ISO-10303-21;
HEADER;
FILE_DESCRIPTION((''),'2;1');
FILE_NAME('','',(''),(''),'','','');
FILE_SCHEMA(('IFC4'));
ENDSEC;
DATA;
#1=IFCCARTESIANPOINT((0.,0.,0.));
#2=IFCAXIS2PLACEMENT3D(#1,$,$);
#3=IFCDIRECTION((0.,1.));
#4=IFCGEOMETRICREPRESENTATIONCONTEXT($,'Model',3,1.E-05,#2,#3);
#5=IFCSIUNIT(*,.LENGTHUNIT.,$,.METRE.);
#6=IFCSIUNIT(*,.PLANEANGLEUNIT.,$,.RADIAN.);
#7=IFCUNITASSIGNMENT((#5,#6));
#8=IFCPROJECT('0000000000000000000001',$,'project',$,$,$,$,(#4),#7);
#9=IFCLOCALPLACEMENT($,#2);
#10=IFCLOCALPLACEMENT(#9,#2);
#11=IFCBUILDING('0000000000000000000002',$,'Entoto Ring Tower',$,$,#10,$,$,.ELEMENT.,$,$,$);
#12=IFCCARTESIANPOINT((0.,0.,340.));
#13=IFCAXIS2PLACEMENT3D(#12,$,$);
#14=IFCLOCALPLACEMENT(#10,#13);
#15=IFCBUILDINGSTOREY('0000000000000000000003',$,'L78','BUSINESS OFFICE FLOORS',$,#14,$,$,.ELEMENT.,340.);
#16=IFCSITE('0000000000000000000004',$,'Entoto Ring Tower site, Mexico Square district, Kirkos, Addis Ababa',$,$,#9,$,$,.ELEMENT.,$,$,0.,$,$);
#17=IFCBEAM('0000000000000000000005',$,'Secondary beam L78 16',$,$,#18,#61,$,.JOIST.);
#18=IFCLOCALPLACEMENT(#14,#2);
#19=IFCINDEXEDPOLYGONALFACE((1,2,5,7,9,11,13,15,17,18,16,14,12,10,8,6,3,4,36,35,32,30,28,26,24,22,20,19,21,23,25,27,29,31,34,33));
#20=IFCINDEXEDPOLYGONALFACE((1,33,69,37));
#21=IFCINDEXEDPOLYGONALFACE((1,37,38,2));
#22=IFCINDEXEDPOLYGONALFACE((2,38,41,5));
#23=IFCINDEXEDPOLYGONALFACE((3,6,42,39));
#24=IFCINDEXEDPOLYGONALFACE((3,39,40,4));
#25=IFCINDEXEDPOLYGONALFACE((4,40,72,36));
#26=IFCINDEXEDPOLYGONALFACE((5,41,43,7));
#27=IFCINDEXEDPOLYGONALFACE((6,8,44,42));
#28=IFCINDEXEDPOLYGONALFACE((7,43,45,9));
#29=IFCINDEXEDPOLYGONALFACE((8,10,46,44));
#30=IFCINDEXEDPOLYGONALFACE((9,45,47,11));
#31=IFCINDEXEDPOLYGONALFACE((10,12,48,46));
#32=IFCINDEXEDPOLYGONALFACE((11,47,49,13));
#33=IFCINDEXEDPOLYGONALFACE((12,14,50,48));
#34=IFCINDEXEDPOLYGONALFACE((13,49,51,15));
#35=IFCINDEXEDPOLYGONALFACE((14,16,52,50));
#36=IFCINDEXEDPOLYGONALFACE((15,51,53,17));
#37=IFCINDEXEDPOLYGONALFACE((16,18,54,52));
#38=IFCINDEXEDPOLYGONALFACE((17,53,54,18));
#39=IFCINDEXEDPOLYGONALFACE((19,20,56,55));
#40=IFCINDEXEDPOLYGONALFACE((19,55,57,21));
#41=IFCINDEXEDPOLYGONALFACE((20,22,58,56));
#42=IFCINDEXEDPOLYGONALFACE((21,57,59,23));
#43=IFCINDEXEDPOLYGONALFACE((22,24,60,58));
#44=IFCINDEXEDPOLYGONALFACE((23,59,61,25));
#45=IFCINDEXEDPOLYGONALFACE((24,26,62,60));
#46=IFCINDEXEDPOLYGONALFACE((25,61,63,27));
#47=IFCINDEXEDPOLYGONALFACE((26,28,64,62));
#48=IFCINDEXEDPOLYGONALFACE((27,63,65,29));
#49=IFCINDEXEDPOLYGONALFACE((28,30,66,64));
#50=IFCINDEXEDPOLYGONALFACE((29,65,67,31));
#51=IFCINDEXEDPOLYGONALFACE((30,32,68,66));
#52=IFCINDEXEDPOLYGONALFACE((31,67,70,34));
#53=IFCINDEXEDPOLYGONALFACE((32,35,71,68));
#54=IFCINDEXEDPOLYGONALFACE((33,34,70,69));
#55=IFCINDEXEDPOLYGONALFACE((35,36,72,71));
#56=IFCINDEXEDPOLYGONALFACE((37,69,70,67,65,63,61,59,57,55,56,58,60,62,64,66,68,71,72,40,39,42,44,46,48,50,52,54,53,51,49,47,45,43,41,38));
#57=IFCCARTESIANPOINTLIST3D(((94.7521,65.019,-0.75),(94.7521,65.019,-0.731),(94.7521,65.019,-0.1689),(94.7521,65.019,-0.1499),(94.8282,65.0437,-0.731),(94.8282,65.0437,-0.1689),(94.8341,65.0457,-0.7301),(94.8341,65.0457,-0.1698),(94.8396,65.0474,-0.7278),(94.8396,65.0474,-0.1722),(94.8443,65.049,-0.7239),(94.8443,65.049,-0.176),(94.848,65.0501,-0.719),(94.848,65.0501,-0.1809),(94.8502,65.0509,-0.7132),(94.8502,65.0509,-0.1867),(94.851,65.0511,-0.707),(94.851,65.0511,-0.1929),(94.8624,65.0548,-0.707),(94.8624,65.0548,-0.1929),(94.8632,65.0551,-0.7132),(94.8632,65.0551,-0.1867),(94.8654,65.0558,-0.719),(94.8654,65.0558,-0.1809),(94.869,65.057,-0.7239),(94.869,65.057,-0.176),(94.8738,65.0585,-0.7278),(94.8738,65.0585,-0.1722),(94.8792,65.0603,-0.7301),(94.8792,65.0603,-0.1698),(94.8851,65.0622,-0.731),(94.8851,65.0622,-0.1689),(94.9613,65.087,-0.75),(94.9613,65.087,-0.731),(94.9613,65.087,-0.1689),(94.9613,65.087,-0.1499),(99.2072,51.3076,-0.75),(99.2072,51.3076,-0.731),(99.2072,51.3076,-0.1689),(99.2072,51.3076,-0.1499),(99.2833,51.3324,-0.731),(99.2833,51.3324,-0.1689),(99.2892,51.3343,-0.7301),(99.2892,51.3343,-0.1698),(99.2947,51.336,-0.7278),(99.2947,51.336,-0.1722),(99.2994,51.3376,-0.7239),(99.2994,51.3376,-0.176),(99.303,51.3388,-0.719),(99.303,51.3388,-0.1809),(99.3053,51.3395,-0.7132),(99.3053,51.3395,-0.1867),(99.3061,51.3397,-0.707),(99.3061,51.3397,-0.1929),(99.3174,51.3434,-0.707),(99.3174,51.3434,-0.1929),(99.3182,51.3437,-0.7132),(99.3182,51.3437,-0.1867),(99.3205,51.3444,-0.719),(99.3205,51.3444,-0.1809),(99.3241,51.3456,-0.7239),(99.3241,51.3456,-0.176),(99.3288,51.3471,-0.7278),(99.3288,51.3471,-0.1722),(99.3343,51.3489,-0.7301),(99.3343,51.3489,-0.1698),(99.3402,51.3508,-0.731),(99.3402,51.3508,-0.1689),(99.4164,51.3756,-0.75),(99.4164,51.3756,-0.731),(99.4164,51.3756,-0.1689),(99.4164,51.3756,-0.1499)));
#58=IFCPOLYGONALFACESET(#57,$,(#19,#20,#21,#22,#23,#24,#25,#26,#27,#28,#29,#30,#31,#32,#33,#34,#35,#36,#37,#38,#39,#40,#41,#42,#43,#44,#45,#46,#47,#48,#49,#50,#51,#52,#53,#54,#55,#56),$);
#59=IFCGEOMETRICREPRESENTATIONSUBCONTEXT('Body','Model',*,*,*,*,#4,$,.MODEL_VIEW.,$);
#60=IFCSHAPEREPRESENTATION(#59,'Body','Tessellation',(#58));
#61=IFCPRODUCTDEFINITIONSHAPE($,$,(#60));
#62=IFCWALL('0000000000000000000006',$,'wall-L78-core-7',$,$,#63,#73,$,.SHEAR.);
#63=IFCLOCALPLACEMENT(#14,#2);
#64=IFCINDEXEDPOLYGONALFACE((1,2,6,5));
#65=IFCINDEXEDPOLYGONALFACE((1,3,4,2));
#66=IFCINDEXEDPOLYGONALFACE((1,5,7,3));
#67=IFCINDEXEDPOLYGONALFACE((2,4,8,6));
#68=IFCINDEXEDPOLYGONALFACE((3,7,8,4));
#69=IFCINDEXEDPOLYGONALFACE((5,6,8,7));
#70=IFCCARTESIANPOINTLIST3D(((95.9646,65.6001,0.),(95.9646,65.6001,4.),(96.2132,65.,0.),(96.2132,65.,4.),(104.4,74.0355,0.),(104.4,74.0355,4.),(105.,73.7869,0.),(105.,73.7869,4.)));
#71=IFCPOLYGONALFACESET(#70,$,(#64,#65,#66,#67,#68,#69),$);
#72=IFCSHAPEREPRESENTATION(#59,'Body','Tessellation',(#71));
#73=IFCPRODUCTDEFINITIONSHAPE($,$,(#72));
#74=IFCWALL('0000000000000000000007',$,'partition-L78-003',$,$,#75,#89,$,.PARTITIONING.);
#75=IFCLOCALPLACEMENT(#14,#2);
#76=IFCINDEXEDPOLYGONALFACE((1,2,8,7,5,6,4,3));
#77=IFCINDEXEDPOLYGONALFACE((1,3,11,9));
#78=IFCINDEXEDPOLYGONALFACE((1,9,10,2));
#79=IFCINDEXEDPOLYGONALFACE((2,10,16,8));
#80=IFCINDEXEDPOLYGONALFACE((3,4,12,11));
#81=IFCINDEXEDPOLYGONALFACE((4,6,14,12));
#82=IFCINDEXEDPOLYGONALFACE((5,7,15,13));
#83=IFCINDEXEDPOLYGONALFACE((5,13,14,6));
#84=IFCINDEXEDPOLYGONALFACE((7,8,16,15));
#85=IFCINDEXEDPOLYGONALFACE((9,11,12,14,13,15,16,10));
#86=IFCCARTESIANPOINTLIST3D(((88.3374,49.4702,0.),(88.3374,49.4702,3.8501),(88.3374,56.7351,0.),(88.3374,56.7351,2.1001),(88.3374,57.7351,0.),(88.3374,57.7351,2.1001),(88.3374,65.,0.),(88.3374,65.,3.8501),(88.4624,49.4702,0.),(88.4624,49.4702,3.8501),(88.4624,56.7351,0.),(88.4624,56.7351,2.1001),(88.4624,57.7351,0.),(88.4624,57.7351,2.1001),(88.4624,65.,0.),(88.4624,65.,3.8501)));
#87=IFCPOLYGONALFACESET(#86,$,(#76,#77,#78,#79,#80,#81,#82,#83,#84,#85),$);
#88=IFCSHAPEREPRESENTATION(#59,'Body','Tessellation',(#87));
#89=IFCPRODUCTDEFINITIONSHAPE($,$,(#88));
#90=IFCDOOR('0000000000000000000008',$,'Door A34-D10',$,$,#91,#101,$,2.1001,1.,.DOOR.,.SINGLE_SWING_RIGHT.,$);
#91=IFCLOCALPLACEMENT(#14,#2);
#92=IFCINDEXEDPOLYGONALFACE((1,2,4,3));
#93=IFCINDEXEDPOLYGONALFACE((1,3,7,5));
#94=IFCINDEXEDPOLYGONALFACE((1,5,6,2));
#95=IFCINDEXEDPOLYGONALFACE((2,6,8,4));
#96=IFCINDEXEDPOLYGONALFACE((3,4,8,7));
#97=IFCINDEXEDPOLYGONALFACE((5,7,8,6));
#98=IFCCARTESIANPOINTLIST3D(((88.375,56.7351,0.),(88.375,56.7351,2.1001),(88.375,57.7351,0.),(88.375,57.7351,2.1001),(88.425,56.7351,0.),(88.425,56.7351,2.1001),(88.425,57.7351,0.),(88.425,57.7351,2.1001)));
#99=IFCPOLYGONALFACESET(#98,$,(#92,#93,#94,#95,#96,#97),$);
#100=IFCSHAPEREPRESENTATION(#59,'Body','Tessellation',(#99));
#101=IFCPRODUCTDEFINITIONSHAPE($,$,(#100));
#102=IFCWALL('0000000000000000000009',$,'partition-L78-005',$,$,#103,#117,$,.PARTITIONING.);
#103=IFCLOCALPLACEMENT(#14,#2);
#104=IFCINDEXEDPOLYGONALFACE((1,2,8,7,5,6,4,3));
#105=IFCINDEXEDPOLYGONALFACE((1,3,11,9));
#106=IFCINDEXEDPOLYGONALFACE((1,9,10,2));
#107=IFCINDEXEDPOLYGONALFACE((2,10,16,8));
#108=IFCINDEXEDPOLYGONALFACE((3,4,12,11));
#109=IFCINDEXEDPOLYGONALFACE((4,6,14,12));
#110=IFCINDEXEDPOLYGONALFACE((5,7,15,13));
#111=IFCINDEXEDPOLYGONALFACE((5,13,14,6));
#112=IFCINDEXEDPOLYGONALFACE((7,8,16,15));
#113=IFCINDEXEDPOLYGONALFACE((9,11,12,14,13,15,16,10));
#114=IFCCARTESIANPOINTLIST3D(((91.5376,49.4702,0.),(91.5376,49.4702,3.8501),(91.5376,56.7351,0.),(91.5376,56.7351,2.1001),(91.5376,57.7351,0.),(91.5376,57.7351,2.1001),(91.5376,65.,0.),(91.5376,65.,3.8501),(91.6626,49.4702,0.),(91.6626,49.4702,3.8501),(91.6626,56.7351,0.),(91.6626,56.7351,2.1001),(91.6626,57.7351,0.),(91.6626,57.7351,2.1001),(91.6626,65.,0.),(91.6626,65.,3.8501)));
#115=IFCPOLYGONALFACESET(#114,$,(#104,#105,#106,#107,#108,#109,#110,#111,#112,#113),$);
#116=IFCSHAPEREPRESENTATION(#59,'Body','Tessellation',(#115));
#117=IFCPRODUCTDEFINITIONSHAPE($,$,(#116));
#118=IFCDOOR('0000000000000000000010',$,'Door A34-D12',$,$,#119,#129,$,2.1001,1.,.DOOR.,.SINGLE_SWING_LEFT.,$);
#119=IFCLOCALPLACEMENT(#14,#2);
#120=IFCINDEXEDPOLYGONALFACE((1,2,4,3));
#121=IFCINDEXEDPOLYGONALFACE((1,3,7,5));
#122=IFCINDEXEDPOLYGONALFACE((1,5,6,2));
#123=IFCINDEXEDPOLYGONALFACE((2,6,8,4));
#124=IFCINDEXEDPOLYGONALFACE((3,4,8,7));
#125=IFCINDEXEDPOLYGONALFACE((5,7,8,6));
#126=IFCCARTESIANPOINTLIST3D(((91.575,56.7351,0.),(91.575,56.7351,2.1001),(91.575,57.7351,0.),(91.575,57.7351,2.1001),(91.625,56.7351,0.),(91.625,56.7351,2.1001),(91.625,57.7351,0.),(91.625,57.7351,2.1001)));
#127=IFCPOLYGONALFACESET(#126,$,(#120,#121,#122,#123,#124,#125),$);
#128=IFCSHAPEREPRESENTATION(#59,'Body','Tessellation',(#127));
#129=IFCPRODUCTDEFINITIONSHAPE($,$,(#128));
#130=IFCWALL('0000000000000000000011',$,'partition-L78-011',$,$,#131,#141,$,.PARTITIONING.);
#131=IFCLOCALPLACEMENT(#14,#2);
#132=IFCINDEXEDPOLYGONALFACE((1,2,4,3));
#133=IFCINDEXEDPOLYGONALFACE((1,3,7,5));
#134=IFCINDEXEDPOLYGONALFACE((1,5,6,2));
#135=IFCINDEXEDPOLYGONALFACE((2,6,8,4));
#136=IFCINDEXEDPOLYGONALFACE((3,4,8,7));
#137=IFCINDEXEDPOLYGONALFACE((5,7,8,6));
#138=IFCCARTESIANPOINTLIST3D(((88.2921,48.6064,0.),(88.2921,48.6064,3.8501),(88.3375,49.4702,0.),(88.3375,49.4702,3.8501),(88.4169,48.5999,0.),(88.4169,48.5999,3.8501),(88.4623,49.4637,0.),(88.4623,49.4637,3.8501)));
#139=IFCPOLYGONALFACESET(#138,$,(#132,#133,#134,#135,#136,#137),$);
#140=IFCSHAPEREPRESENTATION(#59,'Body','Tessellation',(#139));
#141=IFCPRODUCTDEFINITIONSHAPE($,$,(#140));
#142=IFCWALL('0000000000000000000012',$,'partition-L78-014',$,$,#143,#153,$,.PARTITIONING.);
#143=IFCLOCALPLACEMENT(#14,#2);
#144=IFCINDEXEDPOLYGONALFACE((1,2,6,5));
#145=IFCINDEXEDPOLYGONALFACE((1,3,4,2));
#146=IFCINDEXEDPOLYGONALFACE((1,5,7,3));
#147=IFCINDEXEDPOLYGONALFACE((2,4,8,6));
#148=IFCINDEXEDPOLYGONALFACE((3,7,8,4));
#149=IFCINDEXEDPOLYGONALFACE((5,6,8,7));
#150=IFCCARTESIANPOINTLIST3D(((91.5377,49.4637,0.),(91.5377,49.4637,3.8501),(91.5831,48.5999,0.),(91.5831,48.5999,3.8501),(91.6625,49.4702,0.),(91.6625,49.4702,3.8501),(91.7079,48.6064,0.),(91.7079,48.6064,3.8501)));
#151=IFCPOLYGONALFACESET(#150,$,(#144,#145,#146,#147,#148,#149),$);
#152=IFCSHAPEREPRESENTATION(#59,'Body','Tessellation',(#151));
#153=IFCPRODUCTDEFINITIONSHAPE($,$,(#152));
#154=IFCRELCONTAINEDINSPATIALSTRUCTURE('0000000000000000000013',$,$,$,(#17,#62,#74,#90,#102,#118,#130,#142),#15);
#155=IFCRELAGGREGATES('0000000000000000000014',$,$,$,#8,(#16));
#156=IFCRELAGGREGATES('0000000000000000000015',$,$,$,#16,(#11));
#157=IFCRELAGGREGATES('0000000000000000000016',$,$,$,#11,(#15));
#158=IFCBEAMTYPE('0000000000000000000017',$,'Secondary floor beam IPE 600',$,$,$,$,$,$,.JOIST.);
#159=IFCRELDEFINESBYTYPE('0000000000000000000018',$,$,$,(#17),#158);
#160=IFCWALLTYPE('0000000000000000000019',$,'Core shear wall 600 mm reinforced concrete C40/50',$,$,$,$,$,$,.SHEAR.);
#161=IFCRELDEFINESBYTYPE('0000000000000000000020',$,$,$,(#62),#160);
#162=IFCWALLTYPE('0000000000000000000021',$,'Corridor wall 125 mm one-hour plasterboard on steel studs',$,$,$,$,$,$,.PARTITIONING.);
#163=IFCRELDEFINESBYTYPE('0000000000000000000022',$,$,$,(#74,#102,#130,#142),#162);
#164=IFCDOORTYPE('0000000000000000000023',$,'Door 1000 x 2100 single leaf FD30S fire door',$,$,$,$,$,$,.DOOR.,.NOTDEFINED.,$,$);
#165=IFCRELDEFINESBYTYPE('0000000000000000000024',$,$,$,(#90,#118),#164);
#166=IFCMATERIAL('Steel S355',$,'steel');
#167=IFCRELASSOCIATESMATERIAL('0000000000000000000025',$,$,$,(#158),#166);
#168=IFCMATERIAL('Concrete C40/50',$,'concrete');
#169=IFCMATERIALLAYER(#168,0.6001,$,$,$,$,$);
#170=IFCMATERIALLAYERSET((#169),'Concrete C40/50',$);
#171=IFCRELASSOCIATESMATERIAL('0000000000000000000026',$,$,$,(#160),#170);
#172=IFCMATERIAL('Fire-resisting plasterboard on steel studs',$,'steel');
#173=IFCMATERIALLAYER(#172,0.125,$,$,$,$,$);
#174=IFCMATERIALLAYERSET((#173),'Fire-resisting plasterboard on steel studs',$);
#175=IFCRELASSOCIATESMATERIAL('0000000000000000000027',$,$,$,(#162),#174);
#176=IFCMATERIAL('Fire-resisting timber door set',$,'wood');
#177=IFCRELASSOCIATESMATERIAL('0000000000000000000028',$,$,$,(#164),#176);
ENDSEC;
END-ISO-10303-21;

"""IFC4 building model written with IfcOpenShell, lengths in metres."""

from ifc_helpers import new_model, si_unit, direction, frame, frame_2d, origin, origin_2d, place, context, subcontext, project, spatial, polyline, rectangle, i_section, outline, extrude, material, layer, layer_set, material_profile, profile_set, type_object, element, fill, save


model = new_model("IFC4")

# Units and contexts
model_context = context("Model", 3, precision=1e-05, world=origin(), true_north=direction((0.0, 1.0)))
body_context = subcontext(model_context, "Body", "Model", "MODEL_VIEW")
ifc_project = project(units=[si_unit("LENGTHUNIT", "METRE"), si_unit("PLANEANGLEUNIT", "RADIAN")], contexts=[model_context])

# Site, building, storey
site_placement = place(None, origin())
site = spatial("IfcSite", under=ifc_project, at=site_placement, Name="Entoto Ring Tower site, Mexico Square district, Kirkos, Addis Ababa", CompositionType="ELEMENT", RefElevation=0.0)
building_placement = place(site_placement, origin())
building = spatial("IfcBuilding", under=site, at=building_placement, Name="Entoto Ring Tower", CompositionType="ELEMENT")
storey_placement = place(building_placement, frame((0.0, 0.0, 340.0)))
storey = spatial("IfcBuildingStorey", under=building, at=storey_placement, Name="L78", Description="BUSINESS OFFICE FLOORS", CompositionType="ELEMENT", Elevation=340.0)

# Beam
ifc_material_1 = material(Name="Steel S355", Category="steel")
ifc_material_profile_1 = material_profile(ifc_material_1, i_section(OverallWidth=0.22, OverallDepth=0.6001, WebThickness=0.012, FlangeThickness=0.019, FilletRadius=0.0239, at=origin_2d()), Name="IPE 600")
ifc_profile_set_1 = profile_set([ifc_material_profile_1], Name="Steel S355")
beam_type_1 = type_object("IfcBeamType", Name="Secondary floor beam IPE 600", PredefinedType="JOIST", material=ifc_profile_set_1)
beam_1_placement = place(storey_placement, frame((94.8567, 65.053, -0.45), z_axis=(0.309015, -0.951057, 0.0), x_axis=(0.951057, 0.309015, 0.0)))
element("IfcBeam", 1, at=beam_1_placement, inside=storey, type_object=beam_type_1, Name="Secondary beam L78 16", PredefinedType="JOIST", context=body_context, shape_type="SweptSolid", body=[
    extrude(i_section(OverallWidth=0.22, OverallDepth=0.6001, WebThickness=0.012, FlangeThickness=0.019, FilletRadius=0.0239, at=origin_2d()), origin(), (0.0, 0.0, 1.0), 14.417),
])

# Wall
ifc_material_2 = material(Name="Concrete C40/50", Category="concrete")
ifc_layer_1 = layer(ifc_material_2, 0.6001)
ifc_layer_set_1 = layer_set([ifc_layer_1], Name="Concrete C40/50")
wall_type_1 = type_object("IfcWallType", Name="Core shear wall 600 mm reinforced concrete C40/50", PredefinedType="SHEAR", material=ifc_layer_set_1)
wall_1_placement = place(storey_placement, frame((96.0889, 65.3, 0.0), z_axis=(0.0, 0.0, 1.0), x_axis=(0.707107, 0.707107, 0.0)))
element("IfcWall", 2, at=wall_1_placement, inside=storey, type_object=wall_type_1, Name="wall-L78-core-7", PredefinedType="SHEAR", context=body_context, shape_type="SweptSolid", body=[
    extrude(outline(polyline([(-0.1243, -0.3), (12.3022, -0.3), (12.0537, 0.3), (0.1243, 0.3), (-0.1243, -0.3)])), origin(), (0.0, 0.0, 1.0), 4.0),
])

# Walls, openings, doors
ifc_material_3 = material(Name="Fire-resisting plasterboard on steel studs", Category="steel")
ifc_layer_2 = layer(ifc_material_3, 0.125)
ifc_layer_set_2 = layer_set([ifc_layer_2], Name="Fire-resisting plasterboard on steel studs")
wall_type_2 = type_object("IfcWallType", Name="Corridor wall 125 mm one-hour plasterboard on steel studs", PredefinedType="PARTITIONING", material=ifc_layer_set_2)
wall_2_placement = place(storey_placement, frame((88.3999, 49.4702, 0.0), z_axis=(0.0, 0.0, 1.0), x_axis=(0.0, 1.0, 0.0)))
wall_2 = element("IfcWall", 3, at=wall_2_placement, inside=storey, type_object=wall_type_2, Name="partition-L78-003", PredefinedType="PARTITIONING", context=body_context, shape_type="SweptSolid", body=[
    extrude(rectangle(XDim=15.5298, YDim=0.125, at=frame_2d((7.7649, 0.0))), origin(), (0.0, 0.0, 1.0), 3.8501),
])
opening_1_placement = place(wall_2_placement, frame((7.2649, 0.0, 0.0)))
opening_1 = element("IfcOpeningElement", 4, at=opening_1_placement, cuts=wall_2, PredefinedType="OPENING", context=body_context, shape_type="SweptSolid", body=[
    extrude(rectangle(XDim=1.0, YDim=2.1001, at=frame_2d((0.5, 1.05))), frame((0.0, 0.0725, 0.0), z_axis=(0.0, -1.0, 0.0), x_axis=(1.0, 0.0, 0.0)), (0.0, 0.0, 1.0), 0.145),
])
ifc_material_4 = material(Name="Fire-resisting timber door set", Category="wood")
door_type = type_object("IfcDoorType", Name="Door 1000 x 2100 single leaf FD30S fire door", OperationType="NOTDEFINED", PredefinedType="DOOR", material=ifc_material_4)
door_1_placement = place(opening_1_placement, origin())
door_1 = element("IfcDoor", 5, at=door_1_placement, inside=storey, type_object=door_type, Name="Door A34-D10", OperationType="SINGLE_SWING_RIGHT", OverallHeight=2.1001, OverallWidth=1.0, PredefinedType="DOOR", context=body_context, shape_type="SweptSolid", body=[
    extrude(rectangle(XDim=1.0, YDim=2.1001, at=frame_2d((0.5, 1.05))), frame((0.0, 0.0249, 0.0), z_axis=(0.0, -1.0, 0.0), x_axis=(1.0, 0.0, 0.0)), (0.0, 0.0, 1.0), 0.05),
])
fill(opening_1, door_1)
wall_3_placement = place(storey_placement, frame((91.6001, 49.4702, 0.0), z_axis=(0.0, 0.0, 1.0), x_axis=(0.0, 1.0, 0.0)))
wall_3 = element("IfcWall", 6, at=wall_3_placement, inside=storey, type_object=wall_type_2, Name="partition-L78-005", PredefinedType="PARTITIONING", context=body_context, shape_type="SweptSolid", body=[
    extrude(rectangle(XDim=15.5298, YDim=0.125, at=frame_2d((7.7649, 0.0))), origin(), (0.0, 0.0, 1.0), 3.8501),
])
opening_2_placement = place(wall_3_placement, frame((7.2649, 0.0, 0.0)))
opening_2 = element("IfcOpeningElement", 7, at=opening_2_placement, cuts=wall_3, PredefinedType="OPENING", context=body_context, shape_type="SweptSolid", body=[
    extrude(rectangle(XDim=1.0, YDim=2.1001, at=frame_2d((0.5, 1.05))), frame((0.0, 0.0725, 0.0), z_axis=(0.0, -1.0, 0.0), x_axis=(1.0, 0.0, 0.0)), (0.0, 0.0, 1.0), 0.145),
])
door_2_placement = place(opening_2_placement, frame((1.0, 0.0, 0.0), z_axis=(0.0, 0.0, 1.0), x_axis=(-1.0, 0.0, 0.0)))
door_2 = element("IfcDoor", 8, at=door_2_placement, inside=storey, type_object=door_type, Name="Door A34-D12", OperationType="SINGLE_SWING_LEFT", OverallHeight=2.1001, OverallWidth=1.0, PredefinedType="DOOR", context=body_context, shape_type="SweptSolid", body=[
    extrude(rectangle(XDim=1.0, YDim=2.1001, at=frame_2d((0.5, 1.05))), frame((0.0, 0.0249, 0.0), z_axis=(0.0, -1.0, 0.0), x_axis=(1.0, 0.0, 0.0)), (0.0, 0.0, 1.0), 0.05),
])
fill(opening_2, door_2)

# Walls
for number, where, z_axis, x_axis, name in (
    (9, (88.3545, 48.603, 0.0), (0.0, 0.0, 1.0), (0.0525, 0.998621, 0.0), "partition-L78-011"),
    (10, (91.6455, 48.603, 0.0), (0.0, 0.0, 1.0), (-0.0525, 0.998621, 0.0), "partition-L78-014"),
):
    element("IfcWall", number, at=place(storey_placement, frame(where, z_axis=z_axis, x_axis=x_axis)), inside=storey, type_object=wall_type_2, Name=name, PredefinedType="PARTITIONING", context=body_context, shape_type="SweptSolid", body=[
        extrude(rectangle(XDim=0.865, YDim=0.125, at=frame_2d((0.4326, 0.0))), origin(), (0.0, 0.0, 1.0), 3.8501),
    ])

save(model, "model.ifc")
